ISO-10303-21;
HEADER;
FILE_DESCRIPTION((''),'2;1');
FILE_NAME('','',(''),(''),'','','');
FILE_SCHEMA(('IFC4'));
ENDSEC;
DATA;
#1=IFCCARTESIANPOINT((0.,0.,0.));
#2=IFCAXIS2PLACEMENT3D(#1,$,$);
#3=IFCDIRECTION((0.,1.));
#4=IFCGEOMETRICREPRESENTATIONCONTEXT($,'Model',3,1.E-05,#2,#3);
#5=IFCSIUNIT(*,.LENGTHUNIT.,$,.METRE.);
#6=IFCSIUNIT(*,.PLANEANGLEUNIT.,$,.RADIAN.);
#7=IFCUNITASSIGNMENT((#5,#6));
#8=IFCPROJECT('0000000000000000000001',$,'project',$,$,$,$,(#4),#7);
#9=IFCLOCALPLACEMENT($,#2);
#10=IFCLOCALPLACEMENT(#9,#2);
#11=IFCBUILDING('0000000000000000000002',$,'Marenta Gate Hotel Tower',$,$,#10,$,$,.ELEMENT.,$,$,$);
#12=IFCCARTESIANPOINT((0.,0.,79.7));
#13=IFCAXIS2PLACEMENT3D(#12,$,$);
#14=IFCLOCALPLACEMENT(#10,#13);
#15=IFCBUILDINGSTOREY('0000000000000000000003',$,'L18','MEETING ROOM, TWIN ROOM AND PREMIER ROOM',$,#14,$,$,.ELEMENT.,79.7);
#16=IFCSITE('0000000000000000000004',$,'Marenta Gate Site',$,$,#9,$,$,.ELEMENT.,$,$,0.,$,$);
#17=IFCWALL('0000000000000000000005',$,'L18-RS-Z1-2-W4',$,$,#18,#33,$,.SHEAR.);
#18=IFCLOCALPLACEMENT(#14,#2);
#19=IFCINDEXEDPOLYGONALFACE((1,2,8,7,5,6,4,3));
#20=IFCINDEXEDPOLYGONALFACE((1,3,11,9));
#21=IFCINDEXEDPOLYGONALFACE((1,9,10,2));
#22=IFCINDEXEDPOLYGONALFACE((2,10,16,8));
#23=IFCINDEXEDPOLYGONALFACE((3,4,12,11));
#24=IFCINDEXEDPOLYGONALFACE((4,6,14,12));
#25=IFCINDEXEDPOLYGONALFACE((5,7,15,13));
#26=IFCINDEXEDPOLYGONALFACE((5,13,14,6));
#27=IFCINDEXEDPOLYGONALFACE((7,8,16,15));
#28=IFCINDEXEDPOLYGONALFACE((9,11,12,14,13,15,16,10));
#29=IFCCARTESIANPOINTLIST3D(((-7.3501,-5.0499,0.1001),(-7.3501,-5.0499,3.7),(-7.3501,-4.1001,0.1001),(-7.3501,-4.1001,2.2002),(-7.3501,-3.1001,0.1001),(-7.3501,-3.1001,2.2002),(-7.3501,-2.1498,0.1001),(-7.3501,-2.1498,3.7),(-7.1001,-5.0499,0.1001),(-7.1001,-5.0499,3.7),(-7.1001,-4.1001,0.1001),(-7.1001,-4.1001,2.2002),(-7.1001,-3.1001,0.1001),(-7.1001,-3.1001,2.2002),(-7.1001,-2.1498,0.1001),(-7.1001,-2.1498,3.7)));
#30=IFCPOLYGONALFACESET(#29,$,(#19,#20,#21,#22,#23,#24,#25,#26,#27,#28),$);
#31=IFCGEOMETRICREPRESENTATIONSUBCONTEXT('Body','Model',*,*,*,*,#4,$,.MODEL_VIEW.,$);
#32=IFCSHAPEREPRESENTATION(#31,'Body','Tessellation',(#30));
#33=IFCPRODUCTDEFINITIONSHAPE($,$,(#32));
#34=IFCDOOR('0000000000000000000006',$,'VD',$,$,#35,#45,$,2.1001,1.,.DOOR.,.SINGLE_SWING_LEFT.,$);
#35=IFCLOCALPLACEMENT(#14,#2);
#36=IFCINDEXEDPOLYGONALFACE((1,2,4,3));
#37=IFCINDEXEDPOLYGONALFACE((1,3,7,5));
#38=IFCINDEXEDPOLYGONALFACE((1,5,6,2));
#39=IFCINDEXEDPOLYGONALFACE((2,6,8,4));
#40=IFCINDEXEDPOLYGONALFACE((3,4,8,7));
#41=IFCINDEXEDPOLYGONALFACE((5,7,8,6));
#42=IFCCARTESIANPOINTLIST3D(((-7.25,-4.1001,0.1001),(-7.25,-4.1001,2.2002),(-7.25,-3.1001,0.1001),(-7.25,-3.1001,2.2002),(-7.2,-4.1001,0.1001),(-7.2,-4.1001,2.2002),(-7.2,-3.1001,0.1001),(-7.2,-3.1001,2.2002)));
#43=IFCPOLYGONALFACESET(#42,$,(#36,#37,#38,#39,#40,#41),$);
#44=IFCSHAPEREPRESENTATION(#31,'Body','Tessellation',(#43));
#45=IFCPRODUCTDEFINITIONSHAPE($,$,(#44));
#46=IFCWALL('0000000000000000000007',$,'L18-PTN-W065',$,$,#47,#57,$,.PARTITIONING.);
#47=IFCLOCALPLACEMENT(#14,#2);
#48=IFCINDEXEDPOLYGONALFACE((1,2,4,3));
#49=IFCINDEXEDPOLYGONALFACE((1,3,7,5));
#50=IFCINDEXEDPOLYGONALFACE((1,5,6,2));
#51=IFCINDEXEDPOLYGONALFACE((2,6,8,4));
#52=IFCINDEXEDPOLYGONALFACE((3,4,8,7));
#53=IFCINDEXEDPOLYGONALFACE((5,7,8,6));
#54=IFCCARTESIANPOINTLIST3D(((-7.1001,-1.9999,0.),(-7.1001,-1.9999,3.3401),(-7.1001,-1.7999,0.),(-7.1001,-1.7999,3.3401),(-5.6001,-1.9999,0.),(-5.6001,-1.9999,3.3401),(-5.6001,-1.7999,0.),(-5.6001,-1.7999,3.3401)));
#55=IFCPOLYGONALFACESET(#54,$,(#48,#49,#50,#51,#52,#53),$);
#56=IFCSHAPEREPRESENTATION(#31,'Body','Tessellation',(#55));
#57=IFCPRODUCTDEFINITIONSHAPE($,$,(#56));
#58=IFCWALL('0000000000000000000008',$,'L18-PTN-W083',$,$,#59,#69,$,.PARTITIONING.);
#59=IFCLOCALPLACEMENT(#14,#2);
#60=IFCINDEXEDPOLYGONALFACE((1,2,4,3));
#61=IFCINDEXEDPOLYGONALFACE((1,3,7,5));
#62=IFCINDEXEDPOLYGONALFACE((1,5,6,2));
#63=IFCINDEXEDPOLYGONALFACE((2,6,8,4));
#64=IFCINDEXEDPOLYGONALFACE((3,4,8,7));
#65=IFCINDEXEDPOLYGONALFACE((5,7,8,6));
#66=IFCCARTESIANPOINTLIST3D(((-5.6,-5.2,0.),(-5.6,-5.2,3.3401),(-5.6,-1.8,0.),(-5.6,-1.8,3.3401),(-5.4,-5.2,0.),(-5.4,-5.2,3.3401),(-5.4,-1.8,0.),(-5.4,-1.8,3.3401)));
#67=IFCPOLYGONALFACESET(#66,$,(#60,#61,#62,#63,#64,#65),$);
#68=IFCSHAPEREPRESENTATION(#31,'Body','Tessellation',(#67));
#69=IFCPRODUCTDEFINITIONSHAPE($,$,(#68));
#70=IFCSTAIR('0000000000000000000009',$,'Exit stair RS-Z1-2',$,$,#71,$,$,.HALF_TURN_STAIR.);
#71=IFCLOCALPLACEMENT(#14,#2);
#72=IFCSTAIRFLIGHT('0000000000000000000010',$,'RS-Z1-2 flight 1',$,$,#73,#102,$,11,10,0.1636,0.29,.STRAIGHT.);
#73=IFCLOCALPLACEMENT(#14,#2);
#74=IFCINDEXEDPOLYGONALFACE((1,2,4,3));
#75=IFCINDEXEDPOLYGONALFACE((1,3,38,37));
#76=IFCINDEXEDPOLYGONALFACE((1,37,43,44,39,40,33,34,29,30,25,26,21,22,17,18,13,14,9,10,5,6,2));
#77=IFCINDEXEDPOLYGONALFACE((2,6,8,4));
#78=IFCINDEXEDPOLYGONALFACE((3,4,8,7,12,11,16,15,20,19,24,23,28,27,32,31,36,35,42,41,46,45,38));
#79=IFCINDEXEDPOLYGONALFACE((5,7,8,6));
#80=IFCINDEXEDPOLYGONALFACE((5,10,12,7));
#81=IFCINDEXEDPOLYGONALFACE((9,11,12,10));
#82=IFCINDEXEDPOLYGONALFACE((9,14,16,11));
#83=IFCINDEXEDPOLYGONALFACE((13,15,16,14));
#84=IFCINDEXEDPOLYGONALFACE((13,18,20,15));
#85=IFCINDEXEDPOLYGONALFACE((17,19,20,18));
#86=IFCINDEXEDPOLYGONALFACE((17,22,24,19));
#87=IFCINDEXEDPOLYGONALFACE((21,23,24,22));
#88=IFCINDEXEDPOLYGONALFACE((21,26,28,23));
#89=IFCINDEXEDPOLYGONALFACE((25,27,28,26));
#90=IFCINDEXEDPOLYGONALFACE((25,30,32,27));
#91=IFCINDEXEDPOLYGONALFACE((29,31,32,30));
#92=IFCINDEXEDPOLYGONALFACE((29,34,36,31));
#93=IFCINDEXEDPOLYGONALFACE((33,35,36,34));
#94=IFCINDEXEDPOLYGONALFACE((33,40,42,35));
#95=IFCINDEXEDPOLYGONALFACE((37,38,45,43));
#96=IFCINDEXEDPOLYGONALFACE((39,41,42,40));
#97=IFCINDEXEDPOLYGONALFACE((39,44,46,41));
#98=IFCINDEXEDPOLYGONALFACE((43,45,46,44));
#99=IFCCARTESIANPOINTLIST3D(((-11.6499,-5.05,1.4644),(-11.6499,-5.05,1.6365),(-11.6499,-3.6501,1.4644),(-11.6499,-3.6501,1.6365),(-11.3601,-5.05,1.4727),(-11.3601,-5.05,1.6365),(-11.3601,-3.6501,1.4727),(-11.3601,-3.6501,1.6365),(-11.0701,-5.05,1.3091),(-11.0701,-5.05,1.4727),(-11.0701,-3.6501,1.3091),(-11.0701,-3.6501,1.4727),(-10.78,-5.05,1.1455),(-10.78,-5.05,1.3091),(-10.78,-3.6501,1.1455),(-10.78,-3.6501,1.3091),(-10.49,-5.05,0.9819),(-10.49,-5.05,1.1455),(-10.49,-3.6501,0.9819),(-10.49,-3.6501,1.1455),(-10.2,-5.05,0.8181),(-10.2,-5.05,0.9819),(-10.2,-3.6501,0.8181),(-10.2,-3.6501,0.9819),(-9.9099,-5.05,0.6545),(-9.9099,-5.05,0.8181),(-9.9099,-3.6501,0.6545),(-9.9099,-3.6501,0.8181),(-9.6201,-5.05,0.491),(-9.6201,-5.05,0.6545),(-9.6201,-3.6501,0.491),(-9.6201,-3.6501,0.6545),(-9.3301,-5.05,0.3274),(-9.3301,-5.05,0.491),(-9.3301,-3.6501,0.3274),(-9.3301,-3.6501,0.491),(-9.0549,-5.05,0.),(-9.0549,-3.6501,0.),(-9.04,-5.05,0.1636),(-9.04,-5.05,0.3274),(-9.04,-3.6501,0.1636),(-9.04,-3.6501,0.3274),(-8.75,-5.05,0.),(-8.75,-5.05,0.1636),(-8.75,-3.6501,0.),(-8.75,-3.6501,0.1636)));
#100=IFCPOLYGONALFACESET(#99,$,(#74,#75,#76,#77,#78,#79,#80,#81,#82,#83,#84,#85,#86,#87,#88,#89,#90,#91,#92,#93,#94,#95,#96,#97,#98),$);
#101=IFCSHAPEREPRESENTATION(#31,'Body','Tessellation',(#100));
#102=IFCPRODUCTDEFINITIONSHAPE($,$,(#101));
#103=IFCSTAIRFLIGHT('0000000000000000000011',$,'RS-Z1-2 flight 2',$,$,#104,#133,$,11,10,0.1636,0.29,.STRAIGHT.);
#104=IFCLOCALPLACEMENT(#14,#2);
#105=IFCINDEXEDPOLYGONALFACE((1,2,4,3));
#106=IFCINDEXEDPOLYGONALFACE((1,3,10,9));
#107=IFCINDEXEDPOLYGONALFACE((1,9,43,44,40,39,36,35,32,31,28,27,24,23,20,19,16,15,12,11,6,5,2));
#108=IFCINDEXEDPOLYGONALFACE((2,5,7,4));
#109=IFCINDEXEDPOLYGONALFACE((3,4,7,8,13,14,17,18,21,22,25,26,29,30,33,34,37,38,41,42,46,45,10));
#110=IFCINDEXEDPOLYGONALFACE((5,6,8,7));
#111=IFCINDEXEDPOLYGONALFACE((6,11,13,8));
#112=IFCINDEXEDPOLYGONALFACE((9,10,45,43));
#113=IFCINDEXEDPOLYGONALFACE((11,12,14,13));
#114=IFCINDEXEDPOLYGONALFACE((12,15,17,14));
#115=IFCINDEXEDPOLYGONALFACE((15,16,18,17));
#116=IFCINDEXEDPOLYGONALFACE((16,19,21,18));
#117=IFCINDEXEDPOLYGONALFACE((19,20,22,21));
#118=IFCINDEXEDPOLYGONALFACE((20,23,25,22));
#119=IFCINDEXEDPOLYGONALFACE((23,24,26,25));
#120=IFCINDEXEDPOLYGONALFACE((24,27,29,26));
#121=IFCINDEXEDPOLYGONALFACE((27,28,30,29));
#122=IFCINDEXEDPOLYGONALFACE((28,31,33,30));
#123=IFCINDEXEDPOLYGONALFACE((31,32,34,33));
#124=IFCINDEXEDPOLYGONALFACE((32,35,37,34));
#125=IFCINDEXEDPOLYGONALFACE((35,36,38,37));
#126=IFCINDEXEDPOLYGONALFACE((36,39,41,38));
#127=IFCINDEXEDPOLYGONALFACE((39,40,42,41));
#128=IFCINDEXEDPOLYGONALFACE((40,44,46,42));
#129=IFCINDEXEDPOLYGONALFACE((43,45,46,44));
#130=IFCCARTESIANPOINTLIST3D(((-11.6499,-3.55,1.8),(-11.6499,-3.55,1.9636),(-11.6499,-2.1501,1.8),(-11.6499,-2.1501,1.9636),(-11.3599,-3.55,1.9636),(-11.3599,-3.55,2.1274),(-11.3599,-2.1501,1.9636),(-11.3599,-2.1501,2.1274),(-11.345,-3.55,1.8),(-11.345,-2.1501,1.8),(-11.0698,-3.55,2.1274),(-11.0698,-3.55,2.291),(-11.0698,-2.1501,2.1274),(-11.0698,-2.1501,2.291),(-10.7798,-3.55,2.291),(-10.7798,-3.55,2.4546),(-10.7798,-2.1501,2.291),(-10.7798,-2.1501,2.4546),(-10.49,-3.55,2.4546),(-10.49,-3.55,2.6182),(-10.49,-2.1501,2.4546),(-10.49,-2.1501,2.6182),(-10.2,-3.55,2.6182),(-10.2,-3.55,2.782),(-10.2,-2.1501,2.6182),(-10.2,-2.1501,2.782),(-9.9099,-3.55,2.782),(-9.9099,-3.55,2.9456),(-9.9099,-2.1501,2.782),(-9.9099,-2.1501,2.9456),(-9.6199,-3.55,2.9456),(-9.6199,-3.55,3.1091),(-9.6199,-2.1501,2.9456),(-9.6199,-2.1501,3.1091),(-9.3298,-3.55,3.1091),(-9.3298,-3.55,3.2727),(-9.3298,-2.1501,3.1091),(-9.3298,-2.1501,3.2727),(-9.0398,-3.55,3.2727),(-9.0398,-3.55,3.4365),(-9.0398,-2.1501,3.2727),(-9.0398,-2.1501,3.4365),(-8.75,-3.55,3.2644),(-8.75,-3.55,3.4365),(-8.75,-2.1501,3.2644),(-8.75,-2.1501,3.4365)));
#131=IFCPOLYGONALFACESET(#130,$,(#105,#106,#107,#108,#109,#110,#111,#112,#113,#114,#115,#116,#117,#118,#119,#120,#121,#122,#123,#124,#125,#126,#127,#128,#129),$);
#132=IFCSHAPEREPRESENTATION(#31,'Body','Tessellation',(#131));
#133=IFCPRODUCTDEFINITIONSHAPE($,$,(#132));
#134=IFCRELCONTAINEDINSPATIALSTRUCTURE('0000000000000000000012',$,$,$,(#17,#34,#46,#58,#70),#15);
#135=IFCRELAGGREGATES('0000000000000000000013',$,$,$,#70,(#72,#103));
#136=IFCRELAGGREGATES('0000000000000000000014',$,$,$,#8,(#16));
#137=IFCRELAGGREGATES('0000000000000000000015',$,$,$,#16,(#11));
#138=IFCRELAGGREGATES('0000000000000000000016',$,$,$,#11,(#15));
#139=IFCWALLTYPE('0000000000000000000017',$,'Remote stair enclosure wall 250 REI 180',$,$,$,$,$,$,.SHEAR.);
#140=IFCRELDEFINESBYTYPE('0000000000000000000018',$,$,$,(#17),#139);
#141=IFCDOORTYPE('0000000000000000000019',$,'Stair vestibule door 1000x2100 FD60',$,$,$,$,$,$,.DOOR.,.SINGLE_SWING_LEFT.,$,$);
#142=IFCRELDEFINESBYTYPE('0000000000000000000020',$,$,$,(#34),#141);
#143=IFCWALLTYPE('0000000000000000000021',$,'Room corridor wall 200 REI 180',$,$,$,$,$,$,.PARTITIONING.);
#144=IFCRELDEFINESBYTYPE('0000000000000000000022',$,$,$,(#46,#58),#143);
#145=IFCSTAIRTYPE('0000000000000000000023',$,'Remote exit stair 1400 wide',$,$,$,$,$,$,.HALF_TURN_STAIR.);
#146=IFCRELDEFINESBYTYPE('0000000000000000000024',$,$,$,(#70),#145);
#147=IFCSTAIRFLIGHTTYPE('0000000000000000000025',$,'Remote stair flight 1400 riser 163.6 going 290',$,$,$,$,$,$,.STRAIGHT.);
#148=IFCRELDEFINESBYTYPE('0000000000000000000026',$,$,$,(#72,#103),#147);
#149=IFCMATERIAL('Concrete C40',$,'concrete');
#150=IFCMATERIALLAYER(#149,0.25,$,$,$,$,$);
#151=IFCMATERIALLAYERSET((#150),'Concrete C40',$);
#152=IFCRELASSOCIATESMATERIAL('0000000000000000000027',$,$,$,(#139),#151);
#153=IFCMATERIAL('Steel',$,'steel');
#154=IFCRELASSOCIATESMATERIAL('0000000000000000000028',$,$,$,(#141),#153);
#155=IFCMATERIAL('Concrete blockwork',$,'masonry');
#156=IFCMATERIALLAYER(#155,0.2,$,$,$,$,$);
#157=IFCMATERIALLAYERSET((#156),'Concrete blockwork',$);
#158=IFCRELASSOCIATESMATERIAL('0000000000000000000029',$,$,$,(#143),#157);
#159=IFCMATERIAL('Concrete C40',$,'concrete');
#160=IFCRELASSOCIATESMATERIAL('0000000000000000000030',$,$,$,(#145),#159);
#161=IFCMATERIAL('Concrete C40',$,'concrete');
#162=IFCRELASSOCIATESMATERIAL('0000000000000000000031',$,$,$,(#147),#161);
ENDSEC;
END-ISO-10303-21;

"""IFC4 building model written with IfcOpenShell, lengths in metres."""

from ifc_helpers import new_model, si_unit, direction, frame, frame_2d, origin, place, context, subcontext, project, spatial, polyline, rectangle, outline, extrude, material, layer, layer_set, type_object, element, fill, aggregate, save


model = new_model("IFC4")

# Units and contexts
model_context = context("Model", 3, precision=1e-05, world=origin(), true_north=direction((0.0, 1.0)))
body_context = subcontext(model_context, "Body", "Model", "MODEL_VIEW")
ifc_project = project(units=[si_unit("LENGTHUNIT", "METRE"), si_unit("PLANEANGLEUNIT", "RADIAN")], contexts=[model_context])

# Site, building, storey
site_placement = place(None, origin())
site = spatial("IfcSite", under=ifc_project, at=site_placement, Name="Marenta Gate Site", CompositionType="ELEMENT", RefElevation=0.0)
building_placement = place(site_placement, origin())
building = spatial("IfcBuilding", under=site, at=building_placement, Name="Marenta Gate Hotel Tower", CompositionType="ELEMENT")
storey_placement = place(building_placement, frame((0.0, 0.0, 79.7)))
storey = spatial("IfcBuildingStorey", under=building, at=storey_placement, Name="L18", Description="MEETING ROOM, TWIN ROOM AND PREMIER ROOM", CompositionType="ELEMENT", Elevation=79.7)

# Shared definitions
ifc_material_1 = material(Name="Concrete C40", Category="concrete")
ifc_layer_1 = layer(ifc_material_1, 0.25)
ifc_layer_set_1 = layer_set([ifc_layer_1], Name="Concrete C40")
wall_type_1 = type_object("IfcWallType", Name="Remote stair enclosure wall 250 REI 180", PredefinedType="SHEAR", material=ifc_layer_set_1)

# Wall, opening, door
wall_1_placement = place(storey_placement, frame((-7.2251, -5.05, 0.1001), z_axis=(0.0, 0.0, 1.0), x_axis=(0.0, 1.0, 0.0)))
wall_1 = element("IfcWall", 1, at=wall_1_placement, inside=storey, type_object=wall_type_1, Name="L18-RS-Z1-2-W4", PredefinedType="SHEAR", context=body_context, shape_type="SweptSolid", body=[
    extrude(rectangle(XDim=2.9001, YDim=0.25, at=frame_2d((1.4502, 0.0))), origin(), (0.0, 0.0, 1.0), 3.5999),
])
opening_1_placement = place(wall_1_placement, frame((0.95, 0.0, 0.0)))
opening_1 = element("IfcOpeningElement", 2, at=opening_1_placement, cuts=wall_1, PredefinedType="OPENING", context=body_context, shape_type="SweptSolid", body=[
    extrude(rectangle(XDim=1.0, YDim=2.1001, at=frame_2d((0.5, 1.05))), frame((0.0, 0.125, 0.0), z_axis=(0.0, -1.0, 0.0), x_axis=(1.0, 0.0, 0.0)), (0.0, 0.0, 1.0), 0.25),
])
ifc_material_2 = material(Name="Steel", Category="steel")
door_type_1 = type_object("IfcDoorType", Name="Stair vestibule door 1000x2100 FD60", OperationType="SINGLE_SWING_LEFT", PredefinedType="DOOR", material=ifc_material_2)
door_1_placement = place(opening_1_placement, origin())
door_1 = element("IfcDoor", 3, at=door_1_placement, inside=storey, type_object=door_type_1, Name="VD", OperationType="SINGLE_SWING_LEFT", OverallHeight=2.1001, OverallWidth=1.0, PredefinedType="DOOR", context=body_context, shape_type="SweptSolid", body=[
    extrude(rectangle(XDim=1.0, YDim=2.1001, at=frame_2d((0.5, 1.05))), frame((0.0, 0.0249, 0.0), z_axis=(0.0, -1.0, 0.0), x_axis=(1.0, 0.0, 0.0)), (0.0, 0.0, 1.0), 0.05),
])
fill(opening_1, door_1)

# Walls
ifc_material_3 = material(Name="Concrete blockwork", Category="masonry")
ifc_layer_2 = layer(ifc_material_3, 0.2)
ifc_layer_set_2 = layer_set([ifc_layer_2], Name="Concrete blockwork")
wall_type_2 = type_object("IfcWallType", Name="Room corridor wall 200 REI 180", PredefinedType="PARTITIONING", material=ifc_layer_set_2)
wall_2_placement = place(storey_placement, frame((-7.1001, -1.8999, 0.0), z_axis=(0.0, 0.0, 1.0), x_axis=(1.0, 0.0, 0.0)))
element("IfcWall", 4, at=wall_2_placement, inside=storey, type_object=wall_type_2, Name="L18-PTN-W065", PredefinedType="PARTITIONING", context=body_context, shape_type="SweptSolid", body=[
    extrude(rectangle(XDim=1.5, YDim=0.2, at=frame_2d((0.75, 0.0))), origin(), (0.0, 0.0, 1.0), 3.3401),
])
wall_3_placement = place(storey_placement, frame((-5.5, -5.2, 0.0), z_axis=(0.0, 0.0, 1.0), x_axis=(0.0, 1.0, 0.0)))
element("IfcWall", 5, at=wall_3_placement, inside=storey, type_object=wall_type_2, Name="L18-PTN-W083", PredefinedType="PARTITIONING", context=body_context, shape_type="SweptSolid", body=[
    extrude(rectangle(XDim=3.3999, YDim=0.2, at=frame_2d((1.7, 0.0))), origin(), (0.0, 0.0, 1.0), 3.3401),
])

# Stair, stair flights
ifc_material_4 = material(Name="Concrete C40", Category="concrete")
stair_type = type_object("IfcStairType", Name="Remote exit stair 1400 wide", PredefinedType="HALF_TURN_STAIR", material=ifc_material_4)
stair_placement = place(storey_placement, origin())
stair = element("IfcStair", 6, at=stair_placement, inside=storey, type_object=stair_type, Name="Exit stair RS-Z1-2", PredefinedType="HALF_TURN_STAIR")
ifc_material_5 = material(Name="Concrete C40", Category="concrete")
stair_flight_type = type_object("IfcStairFlightType", Name="Remote stair flight 1400 riser 163.6 going 290", PredefinedType="STRAIGHT", material=ifc_material_5)
stair_flight_1_placement = place(storey_placement, frame((-8.75, -4.3501, 0.0), z_axis=(0.0, 0.0, 1.0), x_axis=(-1.0, 0.0, 0.0)))
stair_flight_1 = element("IfcStairFlight", 7, at=stair_flight_1_placement, type_object=stair_flight_type, Name="RS-Z1-2 flight 1", NumberOfRisers=11, NumberOfTreads=10, PredefinedType="STRAIGHT", RiserHeight=0.1636, TreadLength=0.29, context=body_context, shape_type="SweptSolid", body=[
    extrude(outline(polyline([(0.0, 0.0), (0.0, 0.1636), (0.29, 0.1636), (0.29, 0.3274), (0.5801, 0.3274), (0.5801, 0.491), (0.8701, 0.491), (0.8701, 0.6545), (1.1599, 0.6545), (1.1599, 0.8181), (1.45, 0.8181), (1.45, 0.9819), (1.74, 0.9819), (1.74, 1.1455), (2.03, 1.1455), (2.03, 1.3091), (2.3201, 1.3091), (2.3201, 1.4727), (2.6101, 1.4727), (2.6101, 1.6365), (2.8999, 1.6365), (2.8999, 1.8), (2.8999, 1.4644), (0.3049, 0.0), (0.0, 0.0)])), frame((0.0, 0.7, 0.0), z_axis=(0.0, -1.0, 0.0), x_axis=(1.0, 0.0, 0.0)), (0.0, 0.0, 1.0), 1.3999),
])
stair_flight_2_placement = place(storey_placement, frame((-11.6499, -2.8501, 1.8), z_axis=(0.0, 0.0, 1.0), x_axis=(1.0, 0.0, 0.0)))
stair_flight_2 = element("IfcStairFlight", 8, at=stair_flight_2_placement, type_object=stair_flight_type, Name="RS-Z1-2 flight 2", NumberOfRisers=11, NumberOfTreads=10, PredefinedType="STRAIGHT", RiserHeight=0.1636, TreadLength=0.29, context=body_context, shape_type="SweptSolid", body=[
    extrude(outline(polyline([(0.0, 0.0), (0.0, 0.1636), (0.29, 0.1636), (0.29, 0.3274), (0.5801, 0.3274), (0.5801, 0.491), (0.8701, 0.491), (0.8701, 0.6545), (1.1599, 0.6545), (1.1599, 0.8181), (1.45, 0.8181), (1.45, 0.9819), (1.74, 0.9819), (1.74, 1.1455), (2.03, 1.1455), (2.03, 1.3091), (2.3201, 1.3091), (2.3201, 1.4727), (2.6101, 1.4727), (2.6101, 1.6365), (2.8999, 1.6365), (2.8999, 1.8), (2.8999, 1.4644), (0.3049, 0.0), (0.0, 0.0)])), frame((0.0, 0.7, 0.0), z_axis=(0.0, -1.0, 0.0), x_axis=(1.0, 0.0, 0.0)), (0.0, 0.0, 1.0), 1.3999),
])
aggregate(stair, [stair_flight_1, stair_flight_2])

save(model, "model.ifc")
